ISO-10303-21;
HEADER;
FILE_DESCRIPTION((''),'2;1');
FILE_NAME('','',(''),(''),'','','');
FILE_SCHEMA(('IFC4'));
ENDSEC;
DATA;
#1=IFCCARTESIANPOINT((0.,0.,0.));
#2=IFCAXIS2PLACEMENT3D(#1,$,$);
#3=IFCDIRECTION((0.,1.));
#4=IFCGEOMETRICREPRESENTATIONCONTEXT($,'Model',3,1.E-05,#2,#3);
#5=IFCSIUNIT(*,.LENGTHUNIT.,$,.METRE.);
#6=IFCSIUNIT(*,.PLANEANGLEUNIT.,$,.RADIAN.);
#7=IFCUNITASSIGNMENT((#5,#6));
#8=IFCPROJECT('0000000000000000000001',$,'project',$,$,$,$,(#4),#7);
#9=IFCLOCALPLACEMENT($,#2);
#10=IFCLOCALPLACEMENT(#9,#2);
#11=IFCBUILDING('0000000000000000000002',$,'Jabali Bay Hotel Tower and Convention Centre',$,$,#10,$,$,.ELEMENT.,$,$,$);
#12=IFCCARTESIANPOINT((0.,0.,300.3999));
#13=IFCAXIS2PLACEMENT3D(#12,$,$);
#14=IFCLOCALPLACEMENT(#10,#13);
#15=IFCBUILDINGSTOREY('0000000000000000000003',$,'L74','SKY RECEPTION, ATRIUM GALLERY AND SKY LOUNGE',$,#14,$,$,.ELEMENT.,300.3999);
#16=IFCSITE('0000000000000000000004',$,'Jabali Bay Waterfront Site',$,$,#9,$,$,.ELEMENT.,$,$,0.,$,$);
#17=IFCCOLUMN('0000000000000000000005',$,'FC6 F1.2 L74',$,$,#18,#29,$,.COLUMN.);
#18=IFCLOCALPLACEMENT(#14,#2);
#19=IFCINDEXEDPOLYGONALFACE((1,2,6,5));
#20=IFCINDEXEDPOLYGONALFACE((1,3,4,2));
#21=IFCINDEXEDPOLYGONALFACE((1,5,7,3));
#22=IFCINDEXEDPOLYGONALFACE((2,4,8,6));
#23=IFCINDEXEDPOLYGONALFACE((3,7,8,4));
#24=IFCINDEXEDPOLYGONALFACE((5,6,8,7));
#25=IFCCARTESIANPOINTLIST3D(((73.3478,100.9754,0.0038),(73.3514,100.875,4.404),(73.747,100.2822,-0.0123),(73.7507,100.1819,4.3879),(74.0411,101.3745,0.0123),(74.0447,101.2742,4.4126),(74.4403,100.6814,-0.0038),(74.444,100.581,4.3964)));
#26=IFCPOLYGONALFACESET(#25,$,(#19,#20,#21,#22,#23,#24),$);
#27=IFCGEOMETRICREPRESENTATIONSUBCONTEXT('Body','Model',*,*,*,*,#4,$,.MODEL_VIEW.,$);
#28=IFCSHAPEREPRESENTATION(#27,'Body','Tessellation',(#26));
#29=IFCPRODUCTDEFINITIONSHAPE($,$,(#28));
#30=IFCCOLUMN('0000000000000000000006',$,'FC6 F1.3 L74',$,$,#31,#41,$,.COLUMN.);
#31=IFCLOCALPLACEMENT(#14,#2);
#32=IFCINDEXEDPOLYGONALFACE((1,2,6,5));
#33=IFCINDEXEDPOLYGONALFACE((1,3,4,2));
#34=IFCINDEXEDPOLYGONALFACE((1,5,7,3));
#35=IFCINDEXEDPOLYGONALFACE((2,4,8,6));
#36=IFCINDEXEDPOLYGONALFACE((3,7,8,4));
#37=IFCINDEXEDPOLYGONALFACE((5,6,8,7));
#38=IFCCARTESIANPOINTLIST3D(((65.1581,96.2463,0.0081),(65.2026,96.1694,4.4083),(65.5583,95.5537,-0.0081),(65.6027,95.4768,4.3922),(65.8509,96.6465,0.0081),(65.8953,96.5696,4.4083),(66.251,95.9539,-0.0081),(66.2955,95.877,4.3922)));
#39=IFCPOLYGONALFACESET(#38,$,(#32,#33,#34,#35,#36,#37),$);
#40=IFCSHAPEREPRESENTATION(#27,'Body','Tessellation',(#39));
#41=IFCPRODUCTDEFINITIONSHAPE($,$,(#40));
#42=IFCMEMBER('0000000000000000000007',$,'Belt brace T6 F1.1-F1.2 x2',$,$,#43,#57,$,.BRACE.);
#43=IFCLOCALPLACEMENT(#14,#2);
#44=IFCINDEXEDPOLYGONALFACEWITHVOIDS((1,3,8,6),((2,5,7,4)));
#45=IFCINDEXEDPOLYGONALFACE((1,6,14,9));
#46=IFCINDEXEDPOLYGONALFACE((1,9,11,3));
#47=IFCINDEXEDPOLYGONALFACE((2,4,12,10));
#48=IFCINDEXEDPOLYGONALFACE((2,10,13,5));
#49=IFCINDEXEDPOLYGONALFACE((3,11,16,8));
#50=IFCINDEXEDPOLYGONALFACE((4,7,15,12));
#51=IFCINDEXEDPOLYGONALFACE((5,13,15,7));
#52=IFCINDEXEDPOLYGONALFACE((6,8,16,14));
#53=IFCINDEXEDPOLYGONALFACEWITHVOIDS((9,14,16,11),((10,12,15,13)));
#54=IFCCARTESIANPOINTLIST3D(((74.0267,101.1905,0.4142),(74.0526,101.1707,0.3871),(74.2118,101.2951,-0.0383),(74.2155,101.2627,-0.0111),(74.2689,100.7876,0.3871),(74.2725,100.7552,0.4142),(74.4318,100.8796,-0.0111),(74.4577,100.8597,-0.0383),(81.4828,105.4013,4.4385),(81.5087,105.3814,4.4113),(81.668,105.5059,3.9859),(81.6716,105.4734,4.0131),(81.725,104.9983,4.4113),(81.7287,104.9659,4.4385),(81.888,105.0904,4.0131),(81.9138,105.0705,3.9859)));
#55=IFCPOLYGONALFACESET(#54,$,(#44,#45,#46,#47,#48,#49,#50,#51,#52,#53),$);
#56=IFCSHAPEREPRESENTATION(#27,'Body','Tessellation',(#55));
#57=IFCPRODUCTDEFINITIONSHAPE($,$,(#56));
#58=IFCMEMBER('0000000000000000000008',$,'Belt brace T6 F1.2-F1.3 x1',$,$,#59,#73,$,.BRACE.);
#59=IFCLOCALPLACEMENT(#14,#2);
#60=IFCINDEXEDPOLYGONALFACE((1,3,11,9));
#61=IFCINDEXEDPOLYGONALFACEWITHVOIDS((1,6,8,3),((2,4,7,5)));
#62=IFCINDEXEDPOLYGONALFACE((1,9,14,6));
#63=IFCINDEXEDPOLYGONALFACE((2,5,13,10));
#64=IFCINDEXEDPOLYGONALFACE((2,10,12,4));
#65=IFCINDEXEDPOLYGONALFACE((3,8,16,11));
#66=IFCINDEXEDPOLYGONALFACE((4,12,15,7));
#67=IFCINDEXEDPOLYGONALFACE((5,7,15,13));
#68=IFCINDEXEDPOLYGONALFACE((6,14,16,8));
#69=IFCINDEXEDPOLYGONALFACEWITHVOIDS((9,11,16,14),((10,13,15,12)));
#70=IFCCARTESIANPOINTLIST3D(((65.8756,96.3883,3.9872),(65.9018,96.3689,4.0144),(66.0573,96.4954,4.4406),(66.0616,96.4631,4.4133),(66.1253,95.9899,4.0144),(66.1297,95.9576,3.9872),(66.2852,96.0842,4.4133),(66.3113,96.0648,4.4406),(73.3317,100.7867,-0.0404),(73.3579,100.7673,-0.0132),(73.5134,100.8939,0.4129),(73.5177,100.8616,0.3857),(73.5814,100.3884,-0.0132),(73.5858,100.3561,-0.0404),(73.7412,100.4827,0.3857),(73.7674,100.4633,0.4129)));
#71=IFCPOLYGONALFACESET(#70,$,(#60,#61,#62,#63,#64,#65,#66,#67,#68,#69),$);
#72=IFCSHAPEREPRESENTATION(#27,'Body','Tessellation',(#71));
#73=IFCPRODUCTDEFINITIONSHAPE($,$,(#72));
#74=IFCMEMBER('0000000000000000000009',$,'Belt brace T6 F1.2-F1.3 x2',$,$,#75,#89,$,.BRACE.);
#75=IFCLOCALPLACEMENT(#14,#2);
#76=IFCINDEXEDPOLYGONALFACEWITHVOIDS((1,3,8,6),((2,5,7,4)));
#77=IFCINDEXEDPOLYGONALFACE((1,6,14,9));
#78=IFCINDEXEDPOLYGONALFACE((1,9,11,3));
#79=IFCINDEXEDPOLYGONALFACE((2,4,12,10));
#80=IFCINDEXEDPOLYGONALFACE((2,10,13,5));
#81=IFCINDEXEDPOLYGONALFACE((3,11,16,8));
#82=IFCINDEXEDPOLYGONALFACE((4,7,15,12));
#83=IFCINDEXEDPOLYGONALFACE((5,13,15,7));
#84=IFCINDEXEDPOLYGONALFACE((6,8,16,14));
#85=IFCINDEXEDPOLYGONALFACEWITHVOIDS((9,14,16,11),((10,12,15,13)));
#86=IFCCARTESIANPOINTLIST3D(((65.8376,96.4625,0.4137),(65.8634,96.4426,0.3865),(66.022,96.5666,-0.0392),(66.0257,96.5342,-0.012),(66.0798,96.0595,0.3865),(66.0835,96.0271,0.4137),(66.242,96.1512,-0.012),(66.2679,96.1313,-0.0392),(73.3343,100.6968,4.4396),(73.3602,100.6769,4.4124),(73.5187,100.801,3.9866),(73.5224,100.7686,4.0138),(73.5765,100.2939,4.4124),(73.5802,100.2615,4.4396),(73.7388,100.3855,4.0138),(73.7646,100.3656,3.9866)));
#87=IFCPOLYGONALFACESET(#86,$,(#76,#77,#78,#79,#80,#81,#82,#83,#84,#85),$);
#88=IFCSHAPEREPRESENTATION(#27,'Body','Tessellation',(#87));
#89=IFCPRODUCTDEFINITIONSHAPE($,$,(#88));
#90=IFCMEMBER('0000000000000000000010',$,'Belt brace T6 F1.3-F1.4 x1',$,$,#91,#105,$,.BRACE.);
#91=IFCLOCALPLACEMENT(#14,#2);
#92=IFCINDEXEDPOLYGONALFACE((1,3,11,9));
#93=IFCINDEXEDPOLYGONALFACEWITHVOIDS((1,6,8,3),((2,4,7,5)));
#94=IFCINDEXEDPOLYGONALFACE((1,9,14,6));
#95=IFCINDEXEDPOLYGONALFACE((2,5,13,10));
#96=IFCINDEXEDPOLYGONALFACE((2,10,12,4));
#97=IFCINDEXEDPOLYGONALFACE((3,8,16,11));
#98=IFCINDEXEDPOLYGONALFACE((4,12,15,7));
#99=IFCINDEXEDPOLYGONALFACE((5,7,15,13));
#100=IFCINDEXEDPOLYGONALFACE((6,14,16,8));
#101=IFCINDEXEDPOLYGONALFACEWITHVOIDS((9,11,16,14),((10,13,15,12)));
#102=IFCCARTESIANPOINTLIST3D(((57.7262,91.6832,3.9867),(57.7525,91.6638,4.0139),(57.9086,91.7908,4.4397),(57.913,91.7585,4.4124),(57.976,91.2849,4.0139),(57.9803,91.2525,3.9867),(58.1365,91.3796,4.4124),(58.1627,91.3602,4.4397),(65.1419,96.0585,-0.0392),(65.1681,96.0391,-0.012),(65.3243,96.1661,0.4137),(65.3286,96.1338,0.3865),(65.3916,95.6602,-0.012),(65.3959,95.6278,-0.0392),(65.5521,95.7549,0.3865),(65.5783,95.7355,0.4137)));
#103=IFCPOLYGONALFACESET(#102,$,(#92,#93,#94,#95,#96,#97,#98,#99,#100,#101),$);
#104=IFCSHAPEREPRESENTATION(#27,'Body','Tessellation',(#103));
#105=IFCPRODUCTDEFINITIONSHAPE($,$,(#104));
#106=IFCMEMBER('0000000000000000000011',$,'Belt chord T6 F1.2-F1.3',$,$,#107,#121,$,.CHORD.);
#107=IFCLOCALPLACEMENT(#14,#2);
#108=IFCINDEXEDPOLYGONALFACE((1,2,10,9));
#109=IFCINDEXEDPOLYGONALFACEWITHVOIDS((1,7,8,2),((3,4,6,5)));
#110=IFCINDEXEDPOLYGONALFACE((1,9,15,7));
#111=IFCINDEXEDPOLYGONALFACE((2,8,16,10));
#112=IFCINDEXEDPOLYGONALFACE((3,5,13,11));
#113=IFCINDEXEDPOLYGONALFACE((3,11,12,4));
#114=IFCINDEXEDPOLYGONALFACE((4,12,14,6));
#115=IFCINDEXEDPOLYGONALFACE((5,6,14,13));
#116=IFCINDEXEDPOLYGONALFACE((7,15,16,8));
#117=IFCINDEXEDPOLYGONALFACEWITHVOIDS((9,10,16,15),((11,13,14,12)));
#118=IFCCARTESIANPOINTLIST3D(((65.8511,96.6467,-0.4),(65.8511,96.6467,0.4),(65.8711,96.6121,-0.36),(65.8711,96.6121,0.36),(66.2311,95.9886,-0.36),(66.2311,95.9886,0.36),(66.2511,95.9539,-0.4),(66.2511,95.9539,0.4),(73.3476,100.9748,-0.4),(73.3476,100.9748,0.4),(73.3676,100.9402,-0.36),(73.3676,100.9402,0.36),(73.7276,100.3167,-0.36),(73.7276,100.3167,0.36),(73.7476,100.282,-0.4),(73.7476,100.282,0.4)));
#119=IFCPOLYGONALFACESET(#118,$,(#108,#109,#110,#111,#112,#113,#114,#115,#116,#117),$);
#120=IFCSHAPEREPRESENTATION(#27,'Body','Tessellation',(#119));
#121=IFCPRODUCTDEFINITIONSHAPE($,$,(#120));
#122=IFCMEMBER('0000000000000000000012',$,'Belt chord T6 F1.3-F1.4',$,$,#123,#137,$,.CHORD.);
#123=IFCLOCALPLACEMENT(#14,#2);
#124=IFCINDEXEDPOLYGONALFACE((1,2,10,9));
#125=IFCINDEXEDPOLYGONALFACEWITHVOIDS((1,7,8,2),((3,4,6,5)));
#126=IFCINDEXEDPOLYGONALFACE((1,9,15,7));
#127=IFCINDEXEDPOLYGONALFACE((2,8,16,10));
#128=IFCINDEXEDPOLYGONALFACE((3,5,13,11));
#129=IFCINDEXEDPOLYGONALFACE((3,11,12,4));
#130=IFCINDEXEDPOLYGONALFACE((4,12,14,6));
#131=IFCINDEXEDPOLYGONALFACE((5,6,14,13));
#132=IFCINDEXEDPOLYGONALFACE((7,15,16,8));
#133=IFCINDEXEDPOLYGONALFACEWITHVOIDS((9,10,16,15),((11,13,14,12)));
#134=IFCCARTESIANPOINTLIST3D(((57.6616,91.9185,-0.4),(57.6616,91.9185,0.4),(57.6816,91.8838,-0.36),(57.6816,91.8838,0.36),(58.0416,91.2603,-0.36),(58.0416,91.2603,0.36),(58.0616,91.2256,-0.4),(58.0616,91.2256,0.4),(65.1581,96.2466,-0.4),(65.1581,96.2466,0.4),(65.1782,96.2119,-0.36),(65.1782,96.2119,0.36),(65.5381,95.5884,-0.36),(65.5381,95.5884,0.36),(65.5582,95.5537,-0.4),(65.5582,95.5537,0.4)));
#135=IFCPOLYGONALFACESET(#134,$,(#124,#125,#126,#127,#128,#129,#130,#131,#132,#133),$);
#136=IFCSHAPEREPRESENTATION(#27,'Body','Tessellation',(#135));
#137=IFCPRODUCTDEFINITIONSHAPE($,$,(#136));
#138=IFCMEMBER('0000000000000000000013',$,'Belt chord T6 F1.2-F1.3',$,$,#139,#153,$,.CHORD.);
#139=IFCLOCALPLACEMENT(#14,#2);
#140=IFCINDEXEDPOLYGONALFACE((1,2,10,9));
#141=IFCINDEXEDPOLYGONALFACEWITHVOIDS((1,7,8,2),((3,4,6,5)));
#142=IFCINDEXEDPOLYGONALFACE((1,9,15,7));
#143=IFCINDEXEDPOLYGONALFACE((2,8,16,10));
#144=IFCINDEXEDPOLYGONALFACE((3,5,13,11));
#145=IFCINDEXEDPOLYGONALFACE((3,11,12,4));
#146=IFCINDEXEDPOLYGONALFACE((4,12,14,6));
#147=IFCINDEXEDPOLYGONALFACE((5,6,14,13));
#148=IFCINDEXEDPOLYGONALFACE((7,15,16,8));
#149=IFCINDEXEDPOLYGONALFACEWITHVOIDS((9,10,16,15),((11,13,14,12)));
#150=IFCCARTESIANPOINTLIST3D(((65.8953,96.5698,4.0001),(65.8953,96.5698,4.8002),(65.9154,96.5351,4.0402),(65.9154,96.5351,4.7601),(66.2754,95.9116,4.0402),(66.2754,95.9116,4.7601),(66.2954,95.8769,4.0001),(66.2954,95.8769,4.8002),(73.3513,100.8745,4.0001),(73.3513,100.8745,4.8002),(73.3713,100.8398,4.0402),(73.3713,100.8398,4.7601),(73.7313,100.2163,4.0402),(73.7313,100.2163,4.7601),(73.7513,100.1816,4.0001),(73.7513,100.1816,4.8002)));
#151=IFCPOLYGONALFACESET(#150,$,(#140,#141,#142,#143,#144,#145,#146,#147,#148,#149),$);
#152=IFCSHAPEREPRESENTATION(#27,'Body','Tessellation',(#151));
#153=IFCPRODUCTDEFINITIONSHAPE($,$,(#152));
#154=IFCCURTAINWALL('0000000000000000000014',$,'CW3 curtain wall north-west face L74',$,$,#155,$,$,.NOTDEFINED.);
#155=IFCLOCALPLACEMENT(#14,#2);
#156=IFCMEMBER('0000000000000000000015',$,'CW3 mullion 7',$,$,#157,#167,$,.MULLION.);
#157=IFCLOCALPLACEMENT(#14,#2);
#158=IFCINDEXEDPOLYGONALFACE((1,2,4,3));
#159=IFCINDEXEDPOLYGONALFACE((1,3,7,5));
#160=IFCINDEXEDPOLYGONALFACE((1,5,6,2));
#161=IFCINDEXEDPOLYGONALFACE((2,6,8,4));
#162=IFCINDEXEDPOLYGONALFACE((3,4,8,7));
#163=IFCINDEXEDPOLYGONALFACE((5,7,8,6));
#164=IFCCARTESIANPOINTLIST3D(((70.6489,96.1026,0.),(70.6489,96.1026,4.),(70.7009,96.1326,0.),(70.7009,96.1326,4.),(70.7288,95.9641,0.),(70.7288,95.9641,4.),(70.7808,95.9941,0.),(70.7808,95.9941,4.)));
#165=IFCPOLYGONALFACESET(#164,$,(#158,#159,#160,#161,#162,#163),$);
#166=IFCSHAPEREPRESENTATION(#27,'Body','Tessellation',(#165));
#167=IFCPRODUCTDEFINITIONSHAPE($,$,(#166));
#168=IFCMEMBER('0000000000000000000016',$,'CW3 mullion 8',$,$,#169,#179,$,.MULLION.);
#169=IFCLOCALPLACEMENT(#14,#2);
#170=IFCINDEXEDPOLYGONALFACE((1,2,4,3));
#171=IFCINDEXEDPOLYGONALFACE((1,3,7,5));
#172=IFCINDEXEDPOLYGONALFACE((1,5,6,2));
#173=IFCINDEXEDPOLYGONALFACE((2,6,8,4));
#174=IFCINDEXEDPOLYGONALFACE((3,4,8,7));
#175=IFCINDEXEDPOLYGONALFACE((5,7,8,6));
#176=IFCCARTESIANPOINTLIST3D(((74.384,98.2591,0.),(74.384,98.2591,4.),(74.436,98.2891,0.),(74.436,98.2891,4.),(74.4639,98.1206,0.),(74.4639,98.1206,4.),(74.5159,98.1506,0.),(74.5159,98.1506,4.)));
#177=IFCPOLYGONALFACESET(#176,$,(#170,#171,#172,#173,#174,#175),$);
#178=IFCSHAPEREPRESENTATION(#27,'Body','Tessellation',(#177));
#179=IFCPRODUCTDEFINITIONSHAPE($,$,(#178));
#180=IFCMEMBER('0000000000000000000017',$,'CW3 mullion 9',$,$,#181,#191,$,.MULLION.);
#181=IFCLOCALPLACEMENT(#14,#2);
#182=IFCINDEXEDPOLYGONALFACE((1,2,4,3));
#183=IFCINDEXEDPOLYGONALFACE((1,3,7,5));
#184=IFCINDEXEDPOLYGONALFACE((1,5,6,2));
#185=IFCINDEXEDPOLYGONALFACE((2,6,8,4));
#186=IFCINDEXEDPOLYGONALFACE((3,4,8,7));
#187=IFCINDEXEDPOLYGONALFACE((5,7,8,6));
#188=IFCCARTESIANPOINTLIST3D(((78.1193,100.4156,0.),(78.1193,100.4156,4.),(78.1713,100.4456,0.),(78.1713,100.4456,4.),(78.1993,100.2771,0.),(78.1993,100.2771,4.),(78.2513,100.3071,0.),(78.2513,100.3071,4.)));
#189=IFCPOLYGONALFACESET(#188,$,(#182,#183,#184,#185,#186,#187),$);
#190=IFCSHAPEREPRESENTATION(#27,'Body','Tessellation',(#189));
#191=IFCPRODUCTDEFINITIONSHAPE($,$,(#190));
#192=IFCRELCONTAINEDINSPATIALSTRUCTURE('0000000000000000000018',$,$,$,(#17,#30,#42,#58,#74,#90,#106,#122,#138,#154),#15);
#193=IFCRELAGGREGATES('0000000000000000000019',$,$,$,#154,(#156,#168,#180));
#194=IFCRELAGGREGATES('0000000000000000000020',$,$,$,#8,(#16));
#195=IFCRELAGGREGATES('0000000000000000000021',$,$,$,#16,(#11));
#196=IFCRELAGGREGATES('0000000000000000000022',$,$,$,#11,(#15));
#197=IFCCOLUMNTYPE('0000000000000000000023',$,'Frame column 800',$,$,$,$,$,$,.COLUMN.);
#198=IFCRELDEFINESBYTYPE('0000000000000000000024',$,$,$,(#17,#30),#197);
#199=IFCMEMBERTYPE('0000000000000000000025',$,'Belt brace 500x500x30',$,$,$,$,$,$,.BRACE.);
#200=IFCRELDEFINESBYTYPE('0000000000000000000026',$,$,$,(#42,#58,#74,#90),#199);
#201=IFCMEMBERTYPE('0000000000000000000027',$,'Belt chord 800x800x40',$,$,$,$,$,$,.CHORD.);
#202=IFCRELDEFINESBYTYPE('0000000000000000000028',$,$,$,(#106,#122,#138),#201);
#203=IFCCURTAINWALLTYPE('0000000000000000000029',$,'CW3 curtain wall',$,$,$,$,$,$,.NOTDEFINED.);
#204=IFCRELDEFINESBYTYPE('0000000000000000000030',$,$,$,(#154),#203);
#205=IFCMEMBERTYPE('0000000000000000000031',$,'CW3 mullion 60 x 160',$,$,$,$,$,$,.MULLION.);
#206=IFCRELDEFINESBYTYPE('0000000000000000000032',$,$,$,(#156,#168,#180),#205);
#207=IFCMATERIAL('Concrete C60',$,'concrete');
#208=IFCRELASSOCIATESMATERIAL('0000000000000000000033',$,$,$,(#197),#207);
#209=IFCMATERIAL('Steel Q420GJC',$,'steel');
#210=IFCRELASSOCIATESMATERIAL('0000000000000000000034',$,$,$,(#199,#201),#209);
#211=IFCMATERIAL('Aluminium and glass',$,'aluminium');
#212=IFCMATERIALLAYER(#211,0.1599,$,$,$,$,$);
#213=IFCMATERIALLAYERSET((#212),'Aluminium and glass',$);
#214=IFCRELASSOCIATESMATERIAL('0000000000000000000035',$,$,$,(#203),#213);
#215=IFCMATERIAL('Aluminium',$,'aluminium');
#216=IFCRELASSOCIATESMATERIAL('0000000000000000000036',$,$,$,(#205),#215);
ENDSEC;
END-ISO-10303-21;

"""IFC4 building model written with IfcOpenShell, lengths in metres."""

from ifc_helpers import new_model, si_unit, direction, frame, origin, origin_2d, place, context, subcontext, project, spatial, rectangle, hollow_rectangle, extrude, material, layer, layer_set, material_profile, profile_set, type_object, element, aggregate, save


model = new_model("IFC4")

# Units and contexts
model_context = context("Model", 3, precision=1e-05, world=origin(), true_north=direction((0.0, 1.0)))
body_context = subcontext(model_context, "Body", "Model", "MODEL_VIEW")
ifc_project = project(units=[si_unit("LENGTHUNIT", "METRE"), si_unit("PLANEANGLEUNIT", "RADIAN")], contexts=[model_context])

# Site, building, storey
site_placement = place(None, origin())
site = spatial("IfcSite", under=ifc_project, at=site_placement, Name="Jabali Bay Waterfront Site", CompositionType="ELEMENT", RefElevation=0.0)
building_placement = place(site_placement, origin())
building = spatial("IfcBuilding", under=site, at=building_placement, Name="Jabali Bay Hotel Tower and Convention Centre", CompositionType="ELEMENT")
storey_placement = place(building_placement, frame((0.0, 0.0, 300.3999)))
storey = spatial("IfcBuildingStorey", under=building, at=storey_placement, Name="L74", Description="SKY RECEPTION, ATRIUM GALLERY AND SKY LOUNGE", CompositionType="ELEMENT", Elevation=300.3999)

# Columns
ifc_material_1 = material(Name="Concrete C60", Category="concrete")
ifc_material_profile_1 = material_profile(ifc_material_1, rectangle(XDim=0.8, YDim=0.8, at=origin_2d()), Name="Frame column 800")
ifc_profile_set_1 = profile_set([ifc_material_profile_1], Name="Concrete C60")
column_type = type_object("IfcColumnType", Name="Frame column 800", PredefinedType="COLUMN", material=ifc_profile_set_1)
column_1_placement = place(storey_placement, frame((73.894, 100.8284, 0.0), z_axis=(0.000832, -0.022798, 0.99974), x_axis=(0.866596, 0.498896, 0.010656)))
element("IfcColumn", 1, at=column_1_placement, inside=storey, type_object=column_type, Name="FC6 F1.2 L74", PredefinedType="COLUMN", context=body_context, shape_type="SweptSolid", body=[
    extrude(rectangle(XDim=0.8, YDim=0.8, at=origin_2d()), origin(), (0.0, 0.0, 1.0), 4.4014),
])
column_2_placement = place(storey_placement, frame((65.7046, 96.1001, 0.0), z_axis=(0.010096, -0.017474, 0.999796), x_axis=(-0.500172, 0.865691, 0.020181)))
element("IfcColumn", 2, at=column_2_placement, inside=storey, type_object=column_type, Name="FC6 F1.3 L74", PredefinedType="COLUMN", context=body_context, shape_type="SweptSolid", body=[
    extrude(rectangle(XDim=0.8, YDim=0.8, at=origin_2d()), origin(), (0.0, 0.0, 1.0), 4.4011),
])

# Members
ifc_material_2 = material(Name="Steel Q420GJC", Category="steel")
ifc_material_profile_2 = material_profile(ifc_material_2, hollow_rectangle(XDim=0.5, YDim=0.5, WallThickness=0.03, at=origin_2d()), Name="Belt brace 500x500x30")
ifc_profile_set_2 = profile_set([ifc_material_profile_2], Name="Steel Q420GJC")
member_type_1 = type_object("IfcMemberType", Name="Belt brace 500x500x30", PredefinedType="BRACE", material=ifc_profile_set_2)
member_1_placement = place(storey_placement, frame((74.2422, 101.0251, 0.188), z_axis=(0.788056, 0.445043, 0.425328), x_axis=(-0.491739, 0.870743, 0.0)))
element("IfcMember", 3, at=member_1_placement, inside=storey, type_object=member_type_1, Name="Belt brace T6 F1.1-F1.2 x2", PredefinedType="BRACE", context=body_context, shape_type="SweptSolid", body=[
    extrude(hollow_rectangle(XDim=0.5, YDim=0.5, WallThickness=0.03, at=origin_2d()), origin(), (0.0, 0.0, 1.0), 9.4614),
])
member_2_placement = place(storey_placement, frame((73.5496, 100.625, 0.1863), z_axis=(-0.780919, -0.460676, 0.421834), x_axis=(0.508094, -0.861301, 0.0)))
element("IfcMember", 4, at=member_2_placement, inside=storey, type_object=member_type_1, Name="Belt brace T6 F1.2-F1.3 x1", PredefinedType="BRACE", context=body_context, shape_type="SweptSolid", body=[
    extrude(hollow_rectangle(XDim=0.5, YDim=0.5, WallThickness=0.03, at=origin_2d()), origin(), (0.0, 0.0, 1.0), 9.5479),
])
member_3_placement = place(storey_placement, frame((66.0527, 96.2969, 0.1873), z_axis=(0.788746, 0.445502, 0.423566), x_axis=(-0.491797, 0.87071, 0.0)))
element("IfcMember", 5, at=member_3_placement, inside=storey, type_object=member_type_1, Name="Belt brace T6 F1.2-F1.3 x2", PredefinedType="BRACE", context=body_context, shape_type="SweptSolid", body=[
    extrude(hollow_rectangle(XDim=0.5, YDim=0.5, WallThickness=0.03, at=origin_2d()), origin(), (0.0, 0.0, 1.0), 9.5046),
])
member_4_placement = place(storey_placement, frame((65.3601, 95.897, 0.1873), z_axis=(-0.780191, -0.460321, 0.423564), x_axis=(0.508156, -0.861265, 0.0)))
element("IfcMember", 6, at=member_4_placement, inside=storey, type_object=member_type_1, Name="Belt brace T6 F1.3-F1.4 x1", PredefinedType="BRACE", context=body_context, shape_type="SweptSolid", body=[
    extrude(hollow_rectangle(XDim=0.5, YDim=0.5, WallThickness=0.03, at=origin_2d()), origin(), (0.0, 0.0, 1.0), 9.5049),
])
ifc_material_profile_3 = material_profile(ifc_material_2, hollow_rectangle(XDim=0.8, YDim=0.8, WallThickness=0.04, at=origin_2d()), Name="Belt chord 800x800x40")
ifc_profile_set_3 = profile_set([ifc_material_profile_3], Name="Steel Q420GJC")
member_type_2 = type_object("IfcMemberType", Name="Belt chord 800x800x40", PredefinedType="CHORD", material=ifc_profile_set_3)
for number, where, z_axis, x_axis, name in (
    (7, (73.5476, 100.6284, 0.0), (-0.866027, -0.499998, 0.0), (0.499998, -0.866027, 0.0), "Belt chord T6 F1.2-F1.3"),
    (8, (65.3582, 95.9001, 0.0), (-0.866027, -0.499998, 0.0), (0.499998, -0.866027, 0.0), "Belt chord T6 F1.3-F1.4"),
):
    element("IfcMember", number, at=place(storey_placement, frame(where, z_axis=z_axis, x_axis=x_axis)), inside=storey, type_object=member_type_2, Name=name, PredefinedType="CHORD", context=body_context, shape_type="SweptSolid", body=[
        extrude(hollow_rectangle(XDim=0.8, YDim=0.8, WallThickness=0.04, at=origin_2d()), origin(), (0.0, 0.0, 1.0), 8.6562),
    ])
member_5_placement = place(storey_placement, frame((73.5513, 100.5281, 4.4001), z_axis=(-0.866022, -0.500006, 0.0), x_axis=(0.500006, -0.866022, 0.0)))
element("IfcMember", 9, at=member_5_placement, inside=storey, type_object=member_type_2, Name="Belt chord T6 F1.2-F1.3", PredefinedType="CHORD", context=body_context, shape_type="SweptSolid", body=[
    extrude(hollow_rectangle(XDim=0.8, YDim=0.8, WallThickness=0.04, at=origin_2d()), origin(), (0.0, 0.0, 1.0), 8.6094),
])

# Curtain wall, members
ifc_material_3 = material(Name="Aluminium and glass", Category="aluminium")
ifc_layer_1 = layer(ifc_material_3, 0.1599)
ifc_layer_set_1 = layer_set([ifc_layer_1], Name="Aluminium and glass")
curtain_wall_type = type_object("IfcCurtainWallType", Name="CW3 curtain wall", PredefinedType="NOTDEFINED", material=ifc_layer_set_1)
curtain_wall_placement = place(storey_placement, origin())
curtain_wall = element("IfcCurtainWall", 10, at=curtain_wall_placement, inside=storey, type_object=curtain_wall_type, Name="CW3 curtain wall north-west face L74", PredefinedType="NOTDEFINED")
ifc_material_4 = material(Name="Aluminium", Category="aluminium")
ifc_material_profile_4 = material_profile(ifc_material_4, rectangle(XDim=0.1599, YDim=0.0601, at=origin_2d()), Name="CW3 mullion 60 x 160")
ifc_profile_set_4 = profile_set([ifc_material_profile_4], Name="Aluminium")
member_type_3 = type_object("IfcMemberType", Name="CW3 mullion 60 x 160", PredefinedType="MULLION", material=ifc_profile_set_4)
member_6_placement = place(storey_placement, frame((70.7148, 96.0483, 0.0), z_axis=(0.0, 0.0, 1.0), x_axis=(-0.5, 0.866025, 0.0)))
member_6 = element("IfcMember", 11, at=member_6_placement, type_object=member_type_3, Name="CW3 mullion 7", PredefinedType="MULLION", context=body_context, shape_type="SweptSolid", body=[
    extrude(rectangle(XDim=0.1599, YDim=0.0601, at=origin_2d()), origin(), (0.0, 0.0, 1.0), 4.0),
])
member_7_placement = place(storey_placement, frame((74.45, 98.2048, 0.0), z_axis=(0.0, 0.0, 1.0), x_axis=(-0.5, 0.866025, 0.0)))
member_7 = element("IfcMember", 12, at=member_7_placement, type_object=member_type_3, Name="CW3 mullion 8", PredefinedType="MULLION", context=body_context, shape_type="SweptSolid", body=[
    extrude(rectangle(XDim=0.1599, YDim=0.0601, at=origin_2d()), origin(), (0.0, 0.0, 1.0), 4.0),
])
member_8_placement = place(storey_placement, frame((78.1853, 100.3613, 0.0), z_axis=(0.0, 0.0, 1.0), x_axis=(-0.5, 0.866025, 0.0)))
member_8 = element("IfcMember", 13, at=member_8_placement, type_object=member_type_3, Name="CW3 mullion 9", PredefinedType="MULLION", context=body_context, shape_type="SweptSolid", body=[
    extrude(rectangle(XDim=0.1599, YDim=0.0601, at=origin_2d()), origin(), (0.0, 0.0, 1.0), 4.0),
])
aggregate(curtain_wall, [member_6, member_7, member_8])

save(model, "model.ifc")
